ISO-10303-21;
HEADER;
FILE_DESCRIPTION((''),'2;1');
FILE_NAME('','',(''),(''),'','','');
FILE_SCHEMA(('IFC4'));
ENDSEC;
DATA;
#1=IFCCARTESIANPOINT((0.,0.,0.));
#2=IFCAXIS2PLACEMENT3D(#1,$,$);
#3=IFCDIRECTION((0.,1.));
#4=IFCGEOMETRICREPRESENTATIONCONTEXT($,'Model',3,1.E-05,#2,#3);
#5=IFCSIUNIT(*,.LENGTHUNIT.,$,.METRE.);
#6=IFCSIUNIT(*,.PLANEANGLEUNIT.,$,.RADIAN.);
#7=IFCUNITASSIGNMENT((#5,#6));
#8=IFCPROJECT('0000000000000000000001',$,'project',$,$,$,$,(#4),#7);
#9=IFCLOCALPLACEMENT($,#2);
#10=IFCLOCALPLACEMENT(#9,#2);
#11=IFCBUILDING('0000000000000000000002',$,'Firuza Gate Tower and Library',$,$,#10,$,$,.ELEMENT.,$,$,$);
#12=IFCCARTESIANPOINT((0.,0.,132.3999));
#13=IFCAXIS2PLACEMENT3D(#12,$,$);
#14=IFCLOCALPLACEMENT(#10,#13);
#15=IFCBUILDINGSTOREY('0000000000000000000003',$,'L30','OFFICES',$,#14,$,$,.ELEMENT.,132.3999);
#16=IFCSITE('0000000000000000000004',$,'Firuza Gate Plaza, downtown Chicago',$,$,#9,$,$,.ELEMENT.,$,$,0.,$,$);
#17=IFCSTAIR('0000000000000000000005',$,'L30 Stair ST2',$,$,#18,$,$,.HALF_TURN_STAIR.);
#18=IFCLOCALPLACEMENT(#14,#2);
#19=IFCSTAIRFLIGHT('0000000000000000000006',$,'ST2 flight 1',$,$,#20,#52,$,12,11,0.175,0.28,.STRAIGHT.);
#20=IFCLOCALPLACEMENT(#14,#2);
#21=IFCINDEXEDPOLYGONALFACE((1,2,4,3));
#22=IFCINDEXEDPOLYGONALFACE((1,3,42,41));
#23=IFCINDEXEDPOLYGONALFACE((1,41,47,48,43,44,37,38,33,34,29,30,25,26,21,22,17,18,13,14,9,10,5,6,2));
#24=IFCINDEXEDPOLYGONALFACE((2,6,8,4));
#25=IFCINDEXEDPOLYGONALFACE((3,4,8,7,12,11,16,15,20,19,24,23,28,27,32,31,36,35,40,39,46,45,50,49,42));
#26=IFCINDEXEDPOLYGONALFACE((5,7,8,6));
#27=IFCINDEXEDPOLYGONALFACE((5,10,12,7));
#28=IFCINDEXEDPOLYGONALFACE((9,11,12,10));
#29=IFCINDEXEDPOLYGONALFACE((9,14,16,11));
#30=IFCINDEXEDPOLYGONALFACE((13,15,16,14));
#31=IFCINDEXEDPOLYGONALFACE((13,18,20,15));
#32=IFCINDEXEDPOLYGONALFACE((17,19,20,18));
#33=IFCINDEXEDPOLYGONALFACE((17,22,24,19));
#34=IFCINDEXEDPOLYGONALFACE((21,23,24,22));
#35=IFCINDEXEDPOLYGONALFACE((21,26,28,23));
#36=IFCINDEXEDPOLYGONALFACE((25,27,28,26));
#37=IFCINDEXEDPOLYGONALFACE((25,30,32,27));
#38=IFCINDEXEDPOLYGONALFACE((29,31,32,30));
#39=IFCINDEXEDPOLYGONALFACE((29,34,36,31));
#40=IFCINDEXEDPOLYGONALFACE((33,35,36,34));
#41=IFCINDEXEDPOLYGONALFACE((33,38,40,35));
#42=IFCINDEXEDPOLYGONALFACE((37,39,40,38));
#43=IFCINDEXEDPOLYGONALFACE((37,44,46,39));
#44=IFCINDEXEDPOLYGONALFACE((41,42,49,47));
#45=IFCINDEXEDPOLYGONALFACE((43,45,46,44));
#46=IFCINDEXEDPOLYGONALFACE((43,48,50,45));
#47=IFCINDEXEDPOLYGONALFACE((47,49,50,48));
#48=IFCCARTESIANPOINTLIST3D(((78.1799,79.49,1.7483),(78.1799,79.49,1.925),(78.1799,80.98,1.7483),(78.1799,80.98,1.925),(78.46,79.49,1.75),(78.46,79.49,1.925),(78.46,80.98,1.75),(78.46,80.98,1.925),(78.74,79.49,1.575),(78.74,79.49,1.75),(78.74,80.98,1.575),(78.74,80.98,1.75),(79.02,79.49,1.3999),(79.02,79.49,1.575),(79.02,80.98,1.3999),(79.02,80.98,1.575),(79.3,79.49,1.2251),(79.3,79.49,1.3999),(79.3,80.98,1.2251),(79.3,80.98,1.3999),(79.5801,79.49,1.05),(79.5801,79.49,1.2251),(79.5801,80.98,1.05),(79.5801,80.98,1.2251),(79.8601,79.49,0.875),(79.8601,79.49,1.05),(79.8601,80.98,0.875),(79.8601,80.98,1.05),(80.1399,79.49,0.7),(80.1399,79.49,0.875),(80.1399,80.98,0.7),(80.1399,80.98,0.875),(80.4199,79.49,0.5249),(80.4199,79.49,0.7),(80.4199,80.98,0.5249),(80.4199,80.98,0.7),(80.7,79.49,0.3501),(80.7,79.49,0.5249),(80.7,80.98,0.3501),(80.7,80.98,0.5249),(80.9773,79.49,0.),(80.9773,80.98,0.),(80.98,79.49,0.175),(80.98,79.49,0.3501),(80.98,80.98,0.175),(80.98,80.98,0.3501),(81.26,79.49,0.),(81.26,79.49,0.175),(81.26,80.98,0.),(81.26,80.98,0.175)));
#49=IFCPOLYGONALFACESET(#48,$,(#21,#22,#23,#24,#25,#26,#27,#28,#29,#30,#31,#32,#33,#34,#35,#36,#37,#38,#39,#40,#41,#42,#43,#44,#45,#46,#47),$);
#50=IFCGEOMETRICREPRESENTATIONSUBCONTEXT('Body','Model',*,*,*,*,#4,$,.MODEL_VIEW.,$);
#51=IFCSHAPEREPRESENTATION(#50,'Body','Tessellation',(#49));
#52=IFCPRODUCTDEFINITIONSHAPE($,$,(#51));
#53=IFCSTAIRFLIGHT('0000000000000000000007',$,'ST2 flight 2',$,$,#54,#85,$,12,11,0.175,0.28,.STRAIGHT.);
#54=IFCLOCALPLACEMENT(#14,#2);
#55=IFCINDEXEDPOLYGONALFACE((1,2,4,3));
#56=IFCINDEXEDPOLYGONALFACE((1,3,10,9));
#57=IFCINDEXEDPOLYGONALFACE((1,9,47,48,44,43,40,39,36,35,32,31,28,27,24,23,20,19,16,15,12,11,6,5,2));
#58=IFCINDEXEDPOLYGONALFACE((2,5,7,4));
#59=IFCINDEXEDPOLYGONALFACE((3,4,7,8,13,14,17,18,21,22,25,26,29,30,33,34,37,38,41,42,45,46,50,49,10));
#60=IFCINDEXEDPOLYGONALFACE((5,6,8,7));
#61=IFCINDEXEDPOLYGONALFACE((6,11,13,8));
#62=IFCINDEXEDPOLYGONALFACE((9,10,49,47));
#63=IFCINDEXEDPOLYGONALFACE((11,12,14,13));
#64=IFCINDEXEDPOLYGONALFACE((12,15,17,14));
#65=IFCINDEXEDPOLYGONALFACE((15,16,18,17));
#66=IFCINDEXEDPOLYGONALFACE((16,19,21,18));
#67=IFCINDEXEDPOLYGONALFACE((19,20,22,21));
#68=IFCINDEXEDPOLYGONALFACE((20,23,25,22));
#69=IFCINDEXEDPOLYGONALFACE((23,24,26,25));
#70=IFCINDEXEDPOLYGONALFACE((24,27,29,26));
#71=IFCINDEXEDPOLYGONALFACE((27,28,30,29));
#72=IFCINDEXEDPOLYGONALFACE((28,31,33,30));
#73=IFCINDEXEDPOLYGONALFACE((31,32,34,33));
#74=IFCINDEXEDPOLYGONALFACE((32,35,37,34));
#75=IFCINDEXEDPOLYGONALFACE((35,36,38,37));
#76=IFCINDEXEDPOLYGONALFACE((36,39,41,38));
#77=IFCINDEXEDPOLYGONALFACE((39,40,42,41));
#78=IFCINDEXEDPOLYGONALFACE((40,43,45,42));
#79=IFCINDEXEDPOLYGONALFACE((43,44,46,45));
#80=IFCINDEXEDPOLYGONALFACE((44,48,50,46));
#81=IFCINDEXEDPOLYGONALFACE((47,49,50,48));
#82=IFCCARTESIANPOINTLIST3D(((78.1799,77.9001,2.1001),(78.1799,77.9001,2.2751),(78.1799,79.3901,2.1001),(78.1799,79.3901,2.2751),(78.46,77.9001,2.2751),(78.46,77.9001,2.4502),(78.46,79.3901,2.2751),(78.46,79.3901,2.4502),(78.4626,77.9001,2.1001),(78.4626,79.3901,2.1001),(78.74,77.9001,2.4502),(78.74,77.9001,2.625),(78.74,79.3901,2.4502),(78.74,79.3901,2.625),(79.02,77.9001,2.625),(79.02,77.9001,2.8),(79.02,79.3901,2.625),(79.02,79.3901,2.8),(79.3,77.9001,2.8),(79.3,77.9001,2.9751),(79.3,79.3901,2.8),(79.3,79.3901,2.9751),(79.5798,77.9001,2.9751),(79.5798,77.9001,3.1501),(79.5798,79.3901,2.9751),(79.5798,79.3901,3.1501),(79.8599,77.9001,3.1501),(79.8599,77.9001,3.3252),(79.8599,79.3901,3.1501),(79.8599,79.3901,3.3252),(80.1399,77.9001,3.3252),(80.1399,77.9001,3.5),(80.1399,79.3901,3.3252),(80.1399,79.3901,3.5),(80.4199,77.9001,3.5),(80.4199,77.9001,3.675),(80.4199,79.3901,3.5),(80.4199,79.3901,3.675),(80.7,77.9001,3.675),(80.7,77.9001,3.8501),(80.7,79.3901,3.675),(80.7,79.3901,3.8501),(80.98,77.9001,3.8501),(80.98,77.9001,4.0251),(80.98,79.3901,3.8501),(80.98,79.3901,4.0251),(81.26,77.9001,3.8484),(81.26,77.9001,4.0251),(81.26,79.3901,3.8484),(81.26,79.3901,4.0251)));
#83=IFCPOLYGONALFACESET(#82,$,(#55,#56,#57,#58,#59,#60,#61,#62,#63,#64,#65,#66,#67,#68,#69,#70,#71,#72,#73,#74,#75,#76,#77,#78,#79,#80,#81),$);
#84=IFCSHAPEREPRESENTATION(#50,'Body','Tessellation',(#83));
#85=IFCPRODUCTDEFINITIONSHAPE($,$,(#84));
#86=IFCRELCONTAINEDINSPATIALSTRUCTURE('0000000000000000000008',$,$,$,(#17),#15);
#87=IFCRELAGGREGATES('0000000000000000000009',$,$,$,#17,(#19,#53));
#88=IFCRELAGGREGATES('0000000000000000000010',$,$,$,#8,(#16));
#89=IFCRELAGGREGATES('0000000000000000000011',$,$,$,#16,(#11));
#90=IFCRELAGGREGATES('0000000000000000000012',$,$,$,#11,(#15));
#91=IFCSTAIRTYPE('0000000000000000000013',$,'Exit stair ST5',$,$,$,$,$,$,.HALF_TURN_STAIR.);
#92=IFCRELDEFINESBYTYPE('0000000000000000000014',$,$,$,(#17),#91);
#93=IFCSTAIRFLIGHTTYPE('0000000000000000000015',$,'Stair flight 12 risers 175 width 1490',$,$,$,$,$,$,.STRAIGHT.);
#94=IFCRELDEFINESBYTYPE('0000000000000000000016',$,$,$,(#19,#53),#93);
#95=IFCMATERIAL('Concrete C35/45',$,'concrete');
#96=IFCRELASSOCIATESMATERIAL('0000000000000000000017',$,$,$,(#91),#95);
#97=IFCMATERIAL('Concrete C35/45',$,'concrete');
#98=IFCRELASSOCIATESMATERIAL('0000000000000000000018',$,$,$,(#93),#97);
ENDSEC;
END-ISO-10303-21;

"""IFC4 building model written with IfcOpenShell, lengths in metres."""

from ifc_helpers import new_model, si_unit, direction, frame, origin, place, context, subcontext, project, spatial, polyline, outline, extrude, material, type_object, element, aggregate, save


model = new_model("IFC4")

# Units and contexts
model_context = context("Model", 3, precision=1e-05, world=origin(), true_north=direction((0.0, 1.0)))
body_context = subcontext(model_context, "Body", "Model", "MODEL_VIEW")
ifc_project = project(units=[si_unit("LENGTHUNIT", "METRE"), si_unit("PLANEANGLEUNIT", "RADIAN")], contexts=[model_context])

# Site, building, storey
site_placement = place(None, origin())
site = spatial("IfcSite", under=ifc_project, at=site_placement, Name="Firuza Gate Plaza, downtown Chicago", CompositionType="ELEMENT", RefElevation=0.0)
building_placement = place(site_placement, origin())
building = spatial("IfcBuilding", under=site, at=building_placement, Name="Firuza Gate Tower and Library", CompositionType="ELEMENT")
storey_placement = place(building_placement, frame((0.0, 0.0, 132.3999)))
storey = spatial("IfcBuildingStorey", under=building, at=storey_placement, Name="L30", Description="OFFICES", CompositionType="ELEMENT", Elevation=132.3999)

# Stair, stair flights
ifc_material_1 = material(Name="Concrete C35/45", Category="concrete")
stair_type = type_object("IfcStairType", Name="Exit stair ST5", PredefinedType="HALF_TURN_STAIR", material=ifc_material_1)
stair_placement = place(storey_placement, origin())
stair = element("IfcStair", 1, at=stair_placement, inside=storey, type_object=stair_type, Name="L30 Stair ST2", PredefinedType="HALF_TURN_STAIR")
ifc_material_2 = material(Name="Concrete C35/45", Category="concrete")
stair_flight_type = type_object("IfcStairFlightType", Name="Stair flight 12 risers 175 width 1490", PredefinedType="STRAIGHT", material=ifc_material_2)
stair_flight_1_placement = place(storey_placement, frame((81.26, 80.2351, 0.0), z_axis=(0.0, 0.0, 1.0), x_axis=(-1.0, 0.0, 0.0)))
stair_flight_1 = element("IfcStairFlight", 2, at=stair_flight_1_placement, type_object=stair_flight_type, Name="ST2 flight 1", NumberOfRisers=12, NumberOfTreads=11, PredefinedType="STRAIGHT", RiserHeight=0.175, TreadLength=0.28, context=body_context, shape_type="SweptSolid", body=[
    extrude(outline(polyline([(0.0, 0.0), (0.0, 0.175), (0.28, 0.175), (0.28, 0.3501), (0.5601, 0.3501), (0.5601, 0.5249), (0.8401, 0.5249), (0.8401, 0.7), (1.1201, 0.7), (1.1201, 0.875), (1.3999, 0.875), (1.3999, 1.05), (1.6799, 1.05), (1.6799, 1.2251), (1.96, 1.2251), (1.96, 1.3999), (2.24, 1.3999), (2.24, 1.575), (2.52, 1.575), (2.52, 1.75), (2.8, 1.75), (2.8, 1.925), (3.0801, 1.925), (3.0801, 2.1001), (3.0801, 1.7483), (0.2827, 0.0), (0.0, 0.0)])), frame((0.0, 0.7451, 0.0), z_axis=(0.0, -1.0, 0.0), x_axis=(1.0, 0.0, 0.0)), (0.0, 0.0, 1.0), 1.49),
])
stair_flight_2_placement = place(storey_placement, frame((78.1799, 78.645, 2.1001), z_axis=(0.0, 0.0, 1.0), x_axis=(1.0, 0.0, 0.0)))
stair_flight_2 = element("IfcStairFlight", 3, at=stair_flight_2_placement, type_object=stair_flight_type, Name="ST2 flight 2", NumberOfRisers=12, NumberOfTreads=11, PredefinedType="STRAIGHT", RiserHeight=0.175, TreadLength=0.28, context=body_context, shape_type="SweptSolid", body=[
    extrude(outline(polyline([(0.0, 0.0), (0.0, 0.175), (0.28, 0.175), (0.28, 0.3501), (0.5601, 0.3501), (0.5601, 0.5249), (0.8401, 0.5249), (0.8401, 0.7), (1.1201, 0.7), (1.1201, 0.875), (1.3999, 0.875), (1.3999, 1.05), (1.6799, 1.05), (1.6799, 1.2251), (1.96, 1.2251), (1.96, 1.3999), (2.24, 1.3999), (2.24, 1.575), (2.52, 1.575), (2.52, 1.75), (2.8, 1.75), (2.8, 1.925), (3.0801, 1.925), (3.0801, 2.1001), (3.0801, 1.7483), (0.2827, 0.0), (0.0, 0.0)])), frame((0.0, 0.7451, 0.0), z_axis=(0.0, -1.0, 0.0), x_axis=(1.0, 0.0, 0.0)), (0.0, 0.0, 1.0), 1.49),
])
aggregate(stair, [stair_flight_1, stair_flight_2])

save(model, "model.ifc")
